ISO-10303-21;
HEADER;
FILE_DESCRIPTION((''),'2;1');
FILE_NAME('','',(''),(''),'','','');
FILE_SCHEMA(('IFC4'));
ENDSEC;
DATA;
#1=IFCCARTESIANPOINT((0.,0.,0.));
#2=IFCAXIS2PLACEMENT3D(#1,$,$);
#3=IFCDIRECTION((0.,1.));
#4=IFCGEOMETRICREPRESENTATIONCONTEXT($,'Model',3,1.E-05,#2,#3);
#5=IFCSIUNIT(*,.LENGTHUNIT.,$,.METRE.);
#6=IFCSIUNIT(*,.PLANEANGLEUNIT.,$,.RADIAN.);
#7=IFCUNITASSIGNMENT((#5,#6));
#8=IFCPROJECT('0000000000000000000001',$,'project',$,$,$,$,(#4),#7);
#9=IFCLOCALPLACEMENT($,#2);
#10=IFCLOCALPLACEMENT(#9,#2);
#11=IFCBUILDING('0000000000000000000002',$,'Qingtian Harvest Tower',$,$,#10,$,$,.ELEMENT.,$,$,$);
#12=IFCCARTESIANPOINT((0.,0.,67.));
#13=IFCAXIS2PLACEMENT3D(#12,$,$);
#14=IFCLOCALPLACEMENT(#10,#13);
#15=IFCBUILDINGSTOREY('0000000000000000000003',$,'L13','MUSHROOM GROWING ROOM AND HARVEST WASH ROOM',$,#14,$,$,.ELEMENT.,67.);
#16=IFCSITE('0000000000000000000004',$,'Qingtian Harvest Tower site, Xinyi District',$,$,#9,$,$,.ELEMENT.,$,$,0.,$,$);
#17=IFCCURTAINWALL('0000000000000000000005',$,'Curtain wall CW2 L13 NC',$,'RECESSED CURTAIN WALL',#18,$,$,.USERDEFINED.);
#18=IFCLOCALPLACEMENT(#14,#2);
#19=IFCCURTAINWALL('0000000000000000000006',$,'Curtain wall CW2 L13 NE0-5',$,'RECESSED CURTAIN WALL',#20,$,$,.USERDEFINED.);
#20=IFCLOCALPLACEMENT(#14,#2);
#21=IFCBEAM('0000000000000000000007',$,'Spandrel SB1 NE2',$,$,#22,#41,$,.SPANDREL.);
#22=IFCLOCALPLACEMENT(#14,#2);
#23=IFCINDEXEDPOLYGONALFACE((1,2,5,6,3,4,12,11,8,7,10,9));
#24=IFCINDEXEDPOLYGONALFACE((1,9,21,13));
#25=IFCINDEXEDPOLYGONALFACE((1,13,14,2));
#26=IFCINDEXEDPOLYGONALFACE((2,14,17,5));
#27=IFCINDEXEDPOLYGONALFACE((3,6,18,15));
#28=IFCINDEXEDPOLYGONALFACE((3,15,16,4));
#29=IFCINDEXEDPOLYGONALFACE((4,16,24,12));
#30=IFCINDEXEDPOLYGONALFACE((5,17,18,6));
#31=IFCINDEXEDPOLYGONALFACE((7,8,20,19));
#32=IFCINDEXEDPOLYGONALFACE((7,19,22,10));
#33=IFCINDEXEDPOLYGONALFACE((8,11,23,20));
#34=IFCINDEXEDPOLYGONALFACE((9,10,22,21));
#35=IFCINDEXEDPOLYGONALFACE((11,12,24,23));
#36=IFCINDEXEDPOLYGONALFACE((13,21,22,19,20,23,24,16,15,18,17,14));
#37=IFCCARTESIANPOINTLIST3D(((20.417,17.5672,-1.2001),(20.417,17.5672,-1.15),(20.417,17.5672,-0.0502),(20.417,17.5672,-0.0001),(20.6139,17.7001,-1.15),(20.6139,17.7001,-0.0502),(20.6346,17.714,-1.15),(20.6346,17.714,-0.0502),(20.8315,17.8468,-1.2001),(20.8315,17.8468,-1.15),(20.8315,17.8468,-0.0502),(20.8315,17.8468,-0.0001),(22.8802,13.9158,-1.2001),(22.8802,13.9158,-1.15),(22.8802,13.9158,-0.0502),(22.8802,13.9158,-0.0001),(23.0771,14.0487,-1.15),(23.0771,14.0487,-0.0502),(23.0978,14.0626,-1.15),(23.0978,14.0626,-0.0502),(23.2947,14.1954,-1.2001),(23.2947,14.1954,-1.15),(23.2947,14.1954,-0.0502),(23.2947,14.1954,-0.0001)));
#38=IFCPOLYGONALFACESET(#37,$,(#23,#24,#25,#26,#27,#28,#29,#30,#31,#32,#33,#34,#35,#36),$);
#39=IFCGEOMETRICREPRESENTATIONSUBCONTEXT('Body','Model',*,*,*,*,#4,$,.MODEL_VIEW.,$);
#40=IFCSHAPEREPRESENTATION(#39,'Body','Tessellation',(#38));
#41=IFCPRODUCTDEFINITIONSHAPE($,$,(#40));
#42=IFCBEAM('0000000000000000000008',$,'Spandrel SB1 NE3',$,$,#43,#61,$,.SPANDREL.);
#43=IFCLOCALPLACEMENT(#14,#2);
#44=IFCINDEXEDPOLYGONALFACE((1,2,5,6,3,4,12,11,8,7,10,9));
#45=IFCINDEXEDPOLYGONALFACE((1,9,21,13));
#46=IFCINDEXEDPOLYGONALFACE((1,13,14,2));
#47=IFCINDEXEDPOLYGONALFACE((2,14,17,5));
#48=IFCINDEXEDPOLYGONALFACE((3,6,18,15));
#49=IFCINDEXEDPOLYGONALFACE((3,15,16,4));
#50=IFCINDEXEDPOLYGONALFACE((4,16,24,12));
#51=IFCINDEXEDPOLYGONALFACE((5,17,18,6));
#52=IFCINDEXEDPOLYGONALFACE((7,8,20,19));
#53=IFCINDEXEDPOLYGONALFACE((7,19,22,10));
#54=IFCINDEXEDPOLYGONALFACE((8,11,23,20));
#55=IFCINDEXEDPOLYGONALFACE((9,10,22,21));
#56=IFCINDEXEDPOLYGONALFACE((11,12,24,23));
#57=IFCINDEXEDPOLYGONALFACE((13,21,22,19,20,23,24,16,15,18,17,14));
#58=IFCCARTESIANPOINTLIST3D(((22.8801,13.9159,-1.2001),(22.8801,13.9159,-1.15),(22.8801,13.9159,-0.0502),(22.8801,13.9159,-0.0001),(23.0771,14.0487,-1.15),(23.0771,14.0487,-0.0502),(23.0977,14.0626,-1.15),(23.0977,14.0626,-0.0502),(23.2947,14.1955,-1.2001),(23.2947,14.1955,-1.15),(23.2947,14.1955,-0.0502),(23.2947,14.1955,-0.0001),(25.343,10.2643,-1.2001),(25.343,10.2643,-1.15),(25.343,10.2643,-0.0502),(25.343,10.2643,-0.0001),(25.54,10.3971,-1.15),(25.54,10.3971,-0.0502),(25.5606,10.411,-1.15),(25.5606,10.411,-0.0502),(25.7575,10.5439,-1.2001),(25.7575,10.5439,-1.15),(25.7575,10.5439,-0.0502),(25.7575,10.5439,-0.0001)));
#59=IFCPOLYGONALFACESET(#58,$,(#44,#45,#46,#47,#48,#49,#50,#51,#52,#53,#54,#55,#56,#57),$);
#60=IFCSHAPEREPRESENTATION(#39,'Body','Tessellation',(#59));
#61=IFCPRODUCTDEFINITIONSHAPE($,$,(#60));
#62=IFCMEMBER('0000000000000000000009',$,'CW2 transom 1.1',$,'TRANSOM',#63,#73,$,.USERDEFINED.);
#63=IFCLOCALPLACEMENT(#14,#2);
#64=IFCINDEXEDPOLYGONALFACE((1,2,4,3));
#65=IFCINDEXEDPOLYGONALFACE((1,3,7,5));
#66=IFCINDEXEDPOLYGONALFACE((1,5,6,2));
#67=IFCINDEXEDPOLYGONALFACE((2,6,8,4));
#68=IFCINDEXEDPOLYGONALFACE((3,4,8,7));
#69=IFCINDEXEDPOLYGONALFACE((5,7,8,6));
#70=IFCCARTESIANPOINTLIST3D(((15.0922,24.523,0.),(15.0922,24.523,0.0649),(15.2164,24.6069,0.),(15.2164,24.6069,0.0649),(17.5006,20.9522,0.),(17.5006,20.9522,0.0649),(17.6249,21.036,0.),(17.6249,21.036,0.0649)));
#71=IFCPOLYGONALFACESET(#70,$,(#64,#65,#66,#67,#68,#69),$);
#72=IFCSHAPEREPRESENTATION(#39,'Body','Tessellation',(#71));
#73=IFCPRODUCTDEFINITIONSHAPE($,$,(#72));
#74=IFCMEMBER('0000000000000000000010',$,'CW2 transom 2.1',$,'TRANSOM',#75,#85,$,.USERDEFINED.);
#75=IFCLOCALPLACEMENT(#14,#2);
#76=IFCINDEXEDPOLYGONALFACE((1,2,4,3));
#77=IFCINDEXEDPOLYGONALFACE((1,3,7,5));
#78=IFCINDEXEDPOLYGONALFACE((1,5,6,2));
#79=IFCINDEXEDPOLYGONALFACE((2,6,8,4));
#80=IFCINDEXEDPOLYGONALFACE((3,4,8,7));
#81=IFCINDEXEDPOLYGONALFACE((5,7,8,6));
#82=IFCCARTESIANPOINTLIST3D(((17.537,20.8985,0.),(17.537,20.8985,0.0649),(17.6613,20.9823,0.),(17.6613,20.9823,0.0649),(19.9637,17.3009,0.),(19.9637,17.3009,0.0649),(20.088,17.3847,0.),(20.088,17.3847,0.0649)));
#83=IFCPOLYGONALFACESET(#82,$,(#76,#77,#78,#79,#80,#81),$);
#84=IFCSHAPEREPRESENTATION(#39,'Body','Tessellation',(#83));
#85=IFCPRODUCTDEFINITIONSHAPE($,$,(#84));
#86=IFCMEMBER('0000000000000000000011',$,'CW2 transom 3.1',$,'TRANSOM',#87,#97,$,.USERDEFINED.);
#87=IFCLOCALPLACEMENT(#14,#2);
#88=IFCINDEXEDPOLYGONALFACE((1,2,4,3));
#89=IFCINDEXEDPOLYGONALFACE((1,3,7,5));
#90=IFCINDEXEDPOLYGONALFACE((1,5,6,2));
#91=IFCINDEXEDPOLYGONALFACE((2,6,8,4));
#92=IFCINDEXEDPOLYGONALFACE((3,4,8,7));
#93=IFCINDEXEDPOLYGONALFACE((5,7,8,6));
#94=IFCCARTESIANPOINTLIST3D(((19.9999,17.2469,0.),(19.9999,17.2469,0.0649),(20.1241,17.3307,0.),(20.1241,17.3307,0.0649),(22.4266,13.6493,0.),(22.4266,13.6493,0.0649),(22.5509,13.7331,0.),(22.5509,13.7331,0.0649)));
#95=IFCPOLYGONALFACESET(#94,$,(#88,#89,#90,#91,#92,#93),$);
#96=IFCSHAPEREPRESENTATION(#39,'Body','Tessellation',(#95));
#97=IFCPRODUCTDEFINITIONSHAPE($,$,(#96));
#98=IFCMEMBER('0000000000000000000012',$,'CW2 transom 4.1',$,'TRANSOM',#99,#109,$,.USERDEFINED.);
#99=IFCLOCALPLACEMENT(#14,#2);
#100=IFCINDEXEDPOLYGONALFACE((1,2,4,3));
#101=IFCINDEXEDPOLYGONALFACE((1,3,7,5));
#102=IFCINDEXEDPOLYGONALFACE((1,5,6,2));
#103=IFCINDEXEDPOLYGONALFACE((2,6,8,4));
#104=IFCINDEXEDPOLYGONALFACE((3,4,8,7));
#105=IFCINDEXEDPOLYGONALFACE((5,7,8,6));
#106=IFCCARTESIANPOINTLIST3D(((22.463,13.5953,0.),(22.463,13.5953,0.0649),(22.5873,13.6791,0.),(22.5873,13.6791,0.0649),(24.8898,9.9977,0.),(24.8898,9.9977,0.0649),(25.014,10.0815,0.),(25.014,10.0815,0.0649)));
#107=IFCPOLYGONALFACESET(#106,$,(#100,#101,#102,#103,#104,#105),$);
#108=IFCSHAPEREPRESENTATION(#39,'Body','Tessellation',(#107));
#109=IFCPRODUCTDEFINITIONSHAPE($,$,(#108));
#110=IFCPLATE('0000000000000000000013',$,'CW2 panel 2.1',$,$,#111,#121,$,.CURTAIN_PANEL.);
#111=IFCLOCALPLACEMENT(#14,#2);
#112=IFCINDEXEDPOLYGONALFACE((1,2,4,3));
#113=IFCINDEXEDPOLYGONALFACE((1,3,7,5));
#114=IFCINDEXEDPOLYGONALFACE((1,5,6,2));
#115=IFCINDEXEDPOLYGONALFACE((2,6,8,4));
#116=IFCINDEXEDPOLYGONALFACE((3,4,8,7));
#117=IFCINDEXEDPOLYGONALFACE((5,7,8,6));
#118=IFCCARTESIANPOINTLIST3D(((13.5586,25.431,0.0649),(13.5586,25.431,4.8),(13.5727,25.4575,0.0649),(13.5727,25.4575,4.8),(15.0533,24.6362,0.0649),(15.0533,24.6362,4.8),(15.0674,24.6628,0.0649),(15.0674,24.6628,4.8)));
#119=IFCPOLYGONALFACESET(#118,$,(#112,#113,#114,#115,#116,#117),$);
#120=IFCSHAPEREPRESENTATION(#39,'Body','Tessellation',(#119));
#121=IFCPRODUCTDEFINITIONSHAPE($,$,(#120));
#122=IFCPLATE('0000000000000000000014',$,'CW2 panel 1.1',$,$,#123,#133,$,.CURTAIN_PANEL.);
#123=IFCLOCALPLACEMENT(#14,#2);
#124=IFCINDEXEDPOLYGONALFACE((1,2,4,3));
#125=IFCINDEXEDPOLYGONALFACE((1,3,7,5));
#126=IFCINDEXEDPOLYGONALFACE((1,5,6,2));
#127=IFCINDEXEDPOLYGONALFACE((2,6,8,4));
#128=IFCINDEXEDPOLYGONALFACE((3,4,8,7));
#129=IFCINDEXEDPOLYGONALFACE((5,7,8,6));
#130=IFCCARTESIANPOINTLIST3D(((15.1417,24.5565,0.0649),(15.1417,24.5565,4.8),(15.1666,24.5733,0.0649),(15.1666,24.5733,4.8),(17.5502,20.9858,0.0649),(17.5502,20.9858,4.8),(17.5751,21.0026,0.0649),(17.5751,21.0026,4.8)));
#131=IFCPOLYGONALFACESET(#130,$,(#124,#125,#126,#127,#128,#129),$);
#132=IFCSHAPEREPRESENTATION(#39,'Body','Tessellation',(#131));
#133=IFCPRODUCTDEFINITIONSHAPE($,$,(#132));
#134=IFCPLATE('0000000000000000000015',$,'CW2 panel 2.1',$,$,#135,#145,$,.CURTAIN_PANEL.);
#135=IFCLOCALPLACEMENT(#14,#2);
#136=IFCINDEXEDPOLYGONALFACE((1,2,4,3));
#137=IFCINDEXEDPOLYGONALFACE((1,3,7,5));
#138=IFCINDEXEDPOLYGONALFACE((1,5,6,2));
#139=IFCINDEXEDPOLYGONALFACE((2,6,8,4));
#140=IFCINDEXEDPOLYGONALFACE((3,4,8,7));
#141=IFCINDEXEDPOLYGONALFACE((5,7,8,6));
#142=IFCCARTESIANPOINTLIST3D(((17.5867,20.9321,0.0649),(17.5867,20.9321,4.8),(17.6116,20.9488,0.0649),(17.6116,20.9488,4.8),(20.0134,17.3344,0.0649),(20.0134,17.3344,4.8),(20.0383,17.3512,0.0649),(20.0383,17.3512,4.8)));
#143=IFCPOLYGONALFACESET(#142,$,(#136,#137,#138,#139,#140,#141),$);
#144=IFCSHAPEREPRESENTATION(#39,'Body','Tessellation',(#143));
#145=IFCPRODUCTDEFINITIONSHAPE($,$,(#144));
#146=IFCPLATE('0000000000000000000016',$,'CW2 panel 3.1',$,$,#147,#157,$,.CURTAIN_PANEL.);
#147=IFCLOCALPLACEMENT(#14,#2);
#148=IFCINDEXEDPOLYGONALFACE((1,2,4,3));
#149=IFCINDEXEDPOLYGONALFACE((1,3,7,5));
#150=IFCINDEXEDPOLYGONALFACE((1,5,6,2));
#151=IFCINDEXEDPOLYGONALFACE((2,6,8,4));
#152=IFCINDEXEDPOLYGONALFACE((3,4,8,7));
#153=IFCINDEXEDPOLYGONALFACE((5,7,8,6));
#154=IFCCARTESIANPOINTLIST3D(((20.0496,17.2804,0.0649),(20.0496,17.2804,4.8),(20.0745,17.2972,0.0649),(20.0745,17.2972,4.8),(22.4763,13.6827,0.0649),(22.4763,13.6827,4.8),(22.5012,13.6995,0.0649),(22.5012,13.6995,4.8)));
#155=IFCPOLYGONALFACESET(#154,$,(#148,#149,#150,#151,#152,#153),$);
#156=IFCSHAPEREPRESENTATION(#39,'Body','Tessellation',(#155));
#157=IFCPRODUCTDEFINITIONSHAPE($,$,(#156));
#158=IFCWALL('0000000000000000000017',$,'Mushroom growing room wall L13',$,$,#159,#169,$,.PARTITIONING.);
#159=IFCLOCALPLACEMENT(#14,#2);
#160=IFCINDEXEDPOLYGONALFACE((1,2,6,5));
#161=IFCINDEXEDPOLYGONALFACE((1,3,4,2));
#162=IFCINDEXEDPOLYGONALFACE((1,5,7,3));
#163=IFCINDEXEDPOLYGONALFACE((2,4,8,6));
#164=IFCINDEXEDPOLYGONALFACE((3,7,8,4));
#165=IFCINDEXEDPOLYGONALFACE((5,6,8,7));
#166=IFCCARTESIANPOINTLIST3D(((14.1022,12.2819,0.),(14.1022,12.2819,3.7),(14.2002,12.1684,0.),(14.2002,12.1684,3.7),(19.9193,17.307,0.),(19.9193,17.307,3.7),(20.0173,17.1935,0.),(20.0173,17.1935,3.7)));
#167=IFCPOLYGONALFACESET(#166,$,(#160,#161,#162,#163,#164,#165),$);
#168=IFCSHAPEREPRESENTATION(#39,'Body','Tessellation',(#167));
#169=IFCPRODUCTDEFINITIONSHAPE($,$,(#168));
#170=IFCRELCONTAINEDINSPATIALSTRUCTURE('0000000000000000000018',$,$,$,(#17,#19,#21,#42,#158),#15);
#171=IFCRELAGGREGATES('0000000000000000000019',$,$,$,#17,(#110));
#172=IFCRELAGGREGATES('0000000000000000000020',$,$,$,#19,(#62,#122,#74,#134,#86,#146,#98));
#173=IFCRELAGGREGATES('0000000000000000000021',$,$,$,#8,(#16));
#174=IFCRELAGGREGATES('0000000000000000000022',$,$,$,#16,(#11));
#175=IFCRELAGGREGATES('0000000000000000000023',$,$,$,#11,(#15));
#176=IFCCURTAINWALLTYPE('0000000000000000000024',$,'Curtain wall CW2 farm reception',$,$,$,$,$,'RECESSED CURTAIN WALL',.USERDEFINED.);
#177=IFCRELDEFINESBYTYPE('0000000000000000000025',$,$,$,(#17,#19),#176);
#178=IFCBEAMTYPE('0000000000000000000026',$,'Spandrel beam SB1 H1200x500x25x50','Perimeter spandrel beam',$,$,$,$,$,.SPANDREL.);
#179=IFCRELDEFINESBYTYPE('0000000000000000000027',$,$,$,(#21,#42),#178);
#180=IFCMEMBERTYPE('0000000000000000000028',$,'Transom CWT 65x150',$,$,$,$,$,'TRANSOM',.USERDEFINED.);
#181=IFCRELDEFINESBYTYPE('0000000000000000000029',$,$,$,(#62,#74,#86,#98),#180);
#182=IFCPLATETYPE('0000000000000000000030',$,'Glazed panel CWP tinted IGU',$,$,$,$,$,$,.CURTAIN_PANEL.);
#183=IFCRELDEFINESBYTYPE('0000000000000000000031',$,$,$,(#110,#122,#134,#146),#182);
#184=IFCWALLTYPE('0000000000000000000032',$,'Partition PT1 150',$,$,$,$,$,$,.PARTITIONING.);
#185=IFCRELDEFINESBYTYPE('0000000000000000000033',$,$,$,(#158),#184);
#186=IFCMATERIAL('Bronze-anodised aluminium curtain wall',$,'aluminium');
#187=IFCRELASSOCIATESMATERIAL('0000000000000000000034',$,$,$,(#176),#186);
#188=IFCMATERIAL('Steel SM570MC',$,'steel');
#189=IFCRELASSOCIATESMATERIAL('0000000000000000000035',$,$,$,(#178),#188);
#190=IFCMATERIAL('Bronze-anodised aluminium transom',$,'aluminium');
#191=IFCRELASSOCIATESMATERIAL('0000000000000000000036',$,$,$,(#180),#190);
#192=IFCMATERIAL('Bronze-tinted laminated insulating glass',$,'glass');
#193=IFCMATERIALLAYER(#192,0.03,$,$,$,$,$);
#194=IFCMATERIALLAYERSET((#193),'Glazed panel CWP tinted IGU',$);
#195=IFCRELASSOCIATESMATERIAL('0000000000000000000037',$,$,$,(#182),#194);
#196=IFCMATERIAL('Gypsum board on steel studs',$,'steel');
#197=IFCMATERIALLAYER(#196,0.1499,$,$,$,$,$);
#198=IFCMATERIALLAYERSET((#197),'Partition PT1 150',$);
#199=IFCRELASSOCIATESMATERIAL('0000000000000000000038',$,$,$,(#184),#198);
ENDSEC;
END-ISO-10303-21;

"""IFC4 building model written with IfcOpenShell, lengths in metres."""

from ifc_helpers import new_model, si_unit, direction, frame, frame_2d, origin, origin_2d, place, context, subcontext, project, spatial, rectangle, i_section, extrude, material, layer, layer_set, material_profile, profile_set, type_object, element, aggregate, save


model = new_model("IFC4")

# Units and contexts
model_context = context("Model", 3, precision=1e-05, world=origin(), true_north=direction((0.0, 1.0)))
body_context = subcontext(model_context, "Body", "Model", "MODEL_VIEW")
ifc_project = project(units=[si_unit("LENGTHUNIT", "METRE"), si_unit("PLANEANGLEUNIT", "RADIAN")], contexts=[model_context])

# Site, building, storey
site_placement = place(None, origin())
site = spatial("IfcSite", under=ifc_project, at=site_placement, Name="Qingtian Harvest Tower site, Xinyi District", CompositionType="ELEMENT", RefElevation=0.0)
building_placement = place(site_placement, origin())
building = spatial("IfcBuilding", under=site, at=building_placement, Name="Qingtian Harvest Tower", CompositionType="ELEMENT")
storey_placement = place(building_placement, frame((0.0, 0.0, 67.0)))
storey = spatial("IfcBuildingStorey", under=building, at=storey_placement, Name="L13", Description="MUSHROOM GROWING ROOM AND HARVEST WASH ROOM", CompositionType="ELEMENT", Elevation=67.0)

# Curtain wall
ifc_material_1 = material(Name="Bronze-anodised aluminium curtain wall", Category="aluminium")
curtain_wall_type = type_object("IfcCurtainWallType", Name="Curtain wall CW2 farm reception", ElementType="RECESSED CURTAIN WALL", PredefinedType="USERDEFINED", material=ifc_material_1)
curtain_wall_1_placement = place(storey_placement, origin())
curtain_wall_1 = element("IfcCurtainWall", 1, at=curtain_wall_1_placement, inside=storey, type_object=curtain_wall_type, Name="Curtain wall CW2 L13 NC", ObjectType="RECESSED CURTAIN WALL", PredefinedType="USERDEFINED")

# Curtain wall
curtain_wall_2_placement = place(storey_placement, origin())
curtain_wall_2 = element("IfcCurtainWall", 2, at=curtain_wall_2_placement, inside=storey, type_object=curtain_wall_type, Name="Curtain wall CW2 L13 NE0-5", ObjectType="RECESSED CURTAIN WALL", PredefinedType="USERDEFINED")

# Beams
ifc_material_2 = material(Name="Steel SM570MC", Category="steel")
ifc_material_profile_1 = material_profile(ifc_material_2, i_section(OverallWidth=0.5, OverallDepth=1.2, WebThickness=0.0249, FlangeThickness=0.05, at=origin_2d()), Name="H1200x500x25x50")
ifc_profile_set_1 = profile_set([ifc_material_profile_1], Name="Steel SM570MC")
beam_type_1 = type_object("IfcBeamType", Name="Spandrel beam SB1 H1200x500x25x50", Description="Perimeter spandrel beam", PredefinedType="SPANDREL", material=ifc_profile_set_1)
for number, where, z_axis, x_axis, name in (
    (3, (20.6243, 17.707, -0.6001), (0.559233, -0.829011, 0.0), (0.829011, 0.559233, 0.0), "Spandrel SB1 NE2"),
    (4, (23.0874, 14.0557, -0.6001), (0.559169, -0.829054, 0.0), (0.829054, 0.559169, 0.0), "Spandrel SB1 NE3"),
):
    element("IfcBeam", number, at=place(storey_placement, frame(where, z_axis=z_axis, x_axis=x_axis)), inside=storey, type_object=beam_type_1, Name=name, PredefinedType="SPANDREL", context=body_context, shape_type="SweptSolid", body=[
        extrude(i_section(OverallWidth=0.5, OverallDepth=1.2, WebThickness=0.0249, FlangeThickness=0.05, at=origin_2d()), origin(), (0.0, 0.0, 1.0), 4.4045),
    ])

# Members
ifc_material_3 = material(Name="Bronze-anodised aluminium transom", Category="aluminium")
ifc_material_profile_2 = material_profile(ifc_material_3, rectangle(XDim=0.1499, YDim=0.0649, at=origin_2d()), Name="AL 65x150")
ifc_profile_set_2 = profile_set([ifc_material_profile_2], Name="Bronze-anodised aluminium transom")
member_type_1 = type_object("IfcMemberType", Name="Transom CWT 65x150", ElementType="TRANSOM", PredefinedType="USERDEFINED", material=ifc_profile_set_2)
member_1_placement = place(storey_placement, frame((15.1543, 24.5649, 0.0325), z_axis=(0.559179, -0.829047, 0.0), x_axis=(0.829047, 0.559179, 0.0)))
member_1 = element("IfcMember", 5, at=member_1_placement, type_object=member_type_1, Name="CW2 transom 1.1", ObjectType="TRANSOM", PredefinedType="USERDEFINED", context=body_context, shape_type="SweptSolid", body=[
    extrude(rectangle(XDim=0.1499, YDim=0.0649, at=origin_2d()), origin(), (0.0, 0.0, 1.0), 4.3071),
])
member_2_placement = place(storey_placement, frame((17.5991, 20.9404, 0.0325), z_axis=(0.55921, -0.829026, 0.0), x_axis=(0.829026, 0.55921, 0.0)))
member_2 = element("IfcMember", 6, at=member_2_placement, type_object=member_type_1, Name="CW2 transom 2.1", ObjectType="TRANSOM", PredefinedType="USERDEFINED", context=body_context, shape_type="SweptSolid", body=[
    extrude(rectangle(XDim=0.1499, YDim=0.0649, at=origin_2d()), origin(), (0.0, 0.0, 1.0), 4.3396),
])
member_3_placement = place(storey_placement, frame((20.062, 17.2888, 0.0325), z_axis=(0.55921, -0.829026, 0.0), x_axis=(0.829026, 0.55921, 0.0)))
member_3 = element("IfcMember", 7, at=member_3_placement, type_object=member_type_1, Name="CW2 transom 3.1", ObjectType="TRANSOM", PredefinedType="USERDEFINED", context=body_context, shape_type="SweptSolid", body=[
    extrude(rectangle(XDim=0.1499, YDim=0.0649, at=origin_2d()), origin(), (0.0, 0.0, 1.0), 4.3396),
])
member_4_placement = place(storey_placement, frame((22.5251, 13.6372, 0.0325), z_axis=(0.55921, -0.829026, 0.0), x_axis=(0.829026, 0.55921, 0.0)))
member_4 = element("IfcMember", 8, at=member_4_placement, type_object=member_type_1, Name="CW2 transom 4.1", ObjectType="TRANSOM", PredefinedType="USERDEFINED", context=body_context, shape_type="SweptSolid", body=[
    extrude(rectangle(XDim=0.1499, YDim=0.0649, at=origin_2d()), origin(), (0.0, 0.0, 1.0), 4.3396),
])

# Plates
ifc_material_4 = material(Name="Bronze-tinted laminated insulating glass", Category="glass")
ifc_layer_1 = layer(ifc_material_4, 0.03)
ifc_layer_set_1 = layer_set([ifc_layer_1], Name="Glazed panel CWP tinted IGU")
plate_type = type_object("IfcPlateType", Name="Glazed panel CWP tinted IGU", PredefinedType="CURTAIN_PANEL", material=ifc_layer_set_1)
plate_1_placement = place(storey_placement, frame((14.313, 25.0469, 0.0649), z_axis=(0.0, 0.0, 1.0), x_axis=(0.882948, -0.469472, 0.0)))
plate_1 = element("IfcPlate", 9, at=plate_1_placement, type_object=plate_type, Name="CW2 panel 2.1", PredefinedType="CURTAIN_PANEL", context=body_context, shape_type="SweptSolid", body=[
    extrude(rectangle(XDim=1.6929, YDim=0.03, at=origin_2d()), origin(), (0.0, 0.0, 1.0), 4.7351),
])
aggregate(curtain_wall_1, [plate_1])
plate_2_placement = place(storey_placement, frame((16.3584, 22.7795, 0.0649), z_axis=(0.0, 0.0, 1.0), x_axis=(0.559193, -0.829038, 0.0)))
plate_2 = element("IfcPlate", 10, at=plate_2_placement, type_object=plate_type, Name="CW2 panel 1.1", PredefinedType="CURTAIN_PANEL", context=body_context, shape_type="SweptSolid", body=[
    extrude(rectangle(XDim=4.3071, YDim=0.03, at=origin_2d()), origin(), (0.0, 0.0, 1.0), 4.7351),
])
plate_3_placement = place(storey_placement, frame((18.8125, 19.1416, 0.0649), z_axis=(0.0, 0.0, 1.0), x_axis=(0.559193, -0.829038, 0.0)))
plate_3 = element("IfcPlate", 11, at=plate_3_placement, type_object=plate_type, Name="CW2 panel 2.1", PredefinedType="CURTAIN_PANEL", context=body_context, shape_type="SweptSolid", body=[
    extrude(rectangle(XDim=4.3396, YDim=0.03, at=origin_2d()), origin(), (0.0, 0.0, 1.0), 4.7351),
])
plate_4_placement = place(storey_placement, frame((21.2754, 15.49, 0.0649), z_axis=(0.0, 0.0, 1.0), x_axis=(0.559193, -0.829038, 0.0)))
plate_4 = element("IfcPlate", 12, at=plate_4_placement, type_object=plate_type, Name="CW2 panel 3.1", PredefinedType="CURTAIN_PANEL", context=body_context, shape_type="SweptSolid", body=[
    extrude(rectangle(XDim=4.3396, YDim=0.03, at=origin_2d()), origin(), (0.0, 0.0, 1.0), 4.7351),
])
aggregate(curtain_wall_2, [member_1, plate_2, member_2, plate_3, member_3, plate_4, member_4])

# Wall
ifc_material_5 = material(Name="Gypsum board on steel studs", Category="steel")
ifc_layer_2 = layer(ifc_material_5, 0.1499)
ifc_layer_set_2 = layer_set([ifc_layer_2], Name="Partition PT1 150")
wall_type = type_object("IfcWallType", Name="Partition PT1 150", PredefinedType="PARTITIONING", material=ifc_layer_set_2)
wall_placement = place(storey_placement, frame((19.9683, 17.2502, 0.0), z_axis=(0.0, 0.0, 1.0), x_axis=(-0.756742, -0.653713, 0.0)))
element("IfcWall", 13, at=wall_placement, inside=storey, type_object=wall_type, Name="Mushroom growing room wall L13", PredefinedType="PARTITIONING", context=body_context, shape_type="SweptSolid", body=[
    extrude(rectangle(XDim=7.687, YDim=0.1499, at=frame_2d((3.8435, 0.0))), origin(), (0.0, 0.0, 1.0), 3.7),
])

save(model, "model.ifc")
